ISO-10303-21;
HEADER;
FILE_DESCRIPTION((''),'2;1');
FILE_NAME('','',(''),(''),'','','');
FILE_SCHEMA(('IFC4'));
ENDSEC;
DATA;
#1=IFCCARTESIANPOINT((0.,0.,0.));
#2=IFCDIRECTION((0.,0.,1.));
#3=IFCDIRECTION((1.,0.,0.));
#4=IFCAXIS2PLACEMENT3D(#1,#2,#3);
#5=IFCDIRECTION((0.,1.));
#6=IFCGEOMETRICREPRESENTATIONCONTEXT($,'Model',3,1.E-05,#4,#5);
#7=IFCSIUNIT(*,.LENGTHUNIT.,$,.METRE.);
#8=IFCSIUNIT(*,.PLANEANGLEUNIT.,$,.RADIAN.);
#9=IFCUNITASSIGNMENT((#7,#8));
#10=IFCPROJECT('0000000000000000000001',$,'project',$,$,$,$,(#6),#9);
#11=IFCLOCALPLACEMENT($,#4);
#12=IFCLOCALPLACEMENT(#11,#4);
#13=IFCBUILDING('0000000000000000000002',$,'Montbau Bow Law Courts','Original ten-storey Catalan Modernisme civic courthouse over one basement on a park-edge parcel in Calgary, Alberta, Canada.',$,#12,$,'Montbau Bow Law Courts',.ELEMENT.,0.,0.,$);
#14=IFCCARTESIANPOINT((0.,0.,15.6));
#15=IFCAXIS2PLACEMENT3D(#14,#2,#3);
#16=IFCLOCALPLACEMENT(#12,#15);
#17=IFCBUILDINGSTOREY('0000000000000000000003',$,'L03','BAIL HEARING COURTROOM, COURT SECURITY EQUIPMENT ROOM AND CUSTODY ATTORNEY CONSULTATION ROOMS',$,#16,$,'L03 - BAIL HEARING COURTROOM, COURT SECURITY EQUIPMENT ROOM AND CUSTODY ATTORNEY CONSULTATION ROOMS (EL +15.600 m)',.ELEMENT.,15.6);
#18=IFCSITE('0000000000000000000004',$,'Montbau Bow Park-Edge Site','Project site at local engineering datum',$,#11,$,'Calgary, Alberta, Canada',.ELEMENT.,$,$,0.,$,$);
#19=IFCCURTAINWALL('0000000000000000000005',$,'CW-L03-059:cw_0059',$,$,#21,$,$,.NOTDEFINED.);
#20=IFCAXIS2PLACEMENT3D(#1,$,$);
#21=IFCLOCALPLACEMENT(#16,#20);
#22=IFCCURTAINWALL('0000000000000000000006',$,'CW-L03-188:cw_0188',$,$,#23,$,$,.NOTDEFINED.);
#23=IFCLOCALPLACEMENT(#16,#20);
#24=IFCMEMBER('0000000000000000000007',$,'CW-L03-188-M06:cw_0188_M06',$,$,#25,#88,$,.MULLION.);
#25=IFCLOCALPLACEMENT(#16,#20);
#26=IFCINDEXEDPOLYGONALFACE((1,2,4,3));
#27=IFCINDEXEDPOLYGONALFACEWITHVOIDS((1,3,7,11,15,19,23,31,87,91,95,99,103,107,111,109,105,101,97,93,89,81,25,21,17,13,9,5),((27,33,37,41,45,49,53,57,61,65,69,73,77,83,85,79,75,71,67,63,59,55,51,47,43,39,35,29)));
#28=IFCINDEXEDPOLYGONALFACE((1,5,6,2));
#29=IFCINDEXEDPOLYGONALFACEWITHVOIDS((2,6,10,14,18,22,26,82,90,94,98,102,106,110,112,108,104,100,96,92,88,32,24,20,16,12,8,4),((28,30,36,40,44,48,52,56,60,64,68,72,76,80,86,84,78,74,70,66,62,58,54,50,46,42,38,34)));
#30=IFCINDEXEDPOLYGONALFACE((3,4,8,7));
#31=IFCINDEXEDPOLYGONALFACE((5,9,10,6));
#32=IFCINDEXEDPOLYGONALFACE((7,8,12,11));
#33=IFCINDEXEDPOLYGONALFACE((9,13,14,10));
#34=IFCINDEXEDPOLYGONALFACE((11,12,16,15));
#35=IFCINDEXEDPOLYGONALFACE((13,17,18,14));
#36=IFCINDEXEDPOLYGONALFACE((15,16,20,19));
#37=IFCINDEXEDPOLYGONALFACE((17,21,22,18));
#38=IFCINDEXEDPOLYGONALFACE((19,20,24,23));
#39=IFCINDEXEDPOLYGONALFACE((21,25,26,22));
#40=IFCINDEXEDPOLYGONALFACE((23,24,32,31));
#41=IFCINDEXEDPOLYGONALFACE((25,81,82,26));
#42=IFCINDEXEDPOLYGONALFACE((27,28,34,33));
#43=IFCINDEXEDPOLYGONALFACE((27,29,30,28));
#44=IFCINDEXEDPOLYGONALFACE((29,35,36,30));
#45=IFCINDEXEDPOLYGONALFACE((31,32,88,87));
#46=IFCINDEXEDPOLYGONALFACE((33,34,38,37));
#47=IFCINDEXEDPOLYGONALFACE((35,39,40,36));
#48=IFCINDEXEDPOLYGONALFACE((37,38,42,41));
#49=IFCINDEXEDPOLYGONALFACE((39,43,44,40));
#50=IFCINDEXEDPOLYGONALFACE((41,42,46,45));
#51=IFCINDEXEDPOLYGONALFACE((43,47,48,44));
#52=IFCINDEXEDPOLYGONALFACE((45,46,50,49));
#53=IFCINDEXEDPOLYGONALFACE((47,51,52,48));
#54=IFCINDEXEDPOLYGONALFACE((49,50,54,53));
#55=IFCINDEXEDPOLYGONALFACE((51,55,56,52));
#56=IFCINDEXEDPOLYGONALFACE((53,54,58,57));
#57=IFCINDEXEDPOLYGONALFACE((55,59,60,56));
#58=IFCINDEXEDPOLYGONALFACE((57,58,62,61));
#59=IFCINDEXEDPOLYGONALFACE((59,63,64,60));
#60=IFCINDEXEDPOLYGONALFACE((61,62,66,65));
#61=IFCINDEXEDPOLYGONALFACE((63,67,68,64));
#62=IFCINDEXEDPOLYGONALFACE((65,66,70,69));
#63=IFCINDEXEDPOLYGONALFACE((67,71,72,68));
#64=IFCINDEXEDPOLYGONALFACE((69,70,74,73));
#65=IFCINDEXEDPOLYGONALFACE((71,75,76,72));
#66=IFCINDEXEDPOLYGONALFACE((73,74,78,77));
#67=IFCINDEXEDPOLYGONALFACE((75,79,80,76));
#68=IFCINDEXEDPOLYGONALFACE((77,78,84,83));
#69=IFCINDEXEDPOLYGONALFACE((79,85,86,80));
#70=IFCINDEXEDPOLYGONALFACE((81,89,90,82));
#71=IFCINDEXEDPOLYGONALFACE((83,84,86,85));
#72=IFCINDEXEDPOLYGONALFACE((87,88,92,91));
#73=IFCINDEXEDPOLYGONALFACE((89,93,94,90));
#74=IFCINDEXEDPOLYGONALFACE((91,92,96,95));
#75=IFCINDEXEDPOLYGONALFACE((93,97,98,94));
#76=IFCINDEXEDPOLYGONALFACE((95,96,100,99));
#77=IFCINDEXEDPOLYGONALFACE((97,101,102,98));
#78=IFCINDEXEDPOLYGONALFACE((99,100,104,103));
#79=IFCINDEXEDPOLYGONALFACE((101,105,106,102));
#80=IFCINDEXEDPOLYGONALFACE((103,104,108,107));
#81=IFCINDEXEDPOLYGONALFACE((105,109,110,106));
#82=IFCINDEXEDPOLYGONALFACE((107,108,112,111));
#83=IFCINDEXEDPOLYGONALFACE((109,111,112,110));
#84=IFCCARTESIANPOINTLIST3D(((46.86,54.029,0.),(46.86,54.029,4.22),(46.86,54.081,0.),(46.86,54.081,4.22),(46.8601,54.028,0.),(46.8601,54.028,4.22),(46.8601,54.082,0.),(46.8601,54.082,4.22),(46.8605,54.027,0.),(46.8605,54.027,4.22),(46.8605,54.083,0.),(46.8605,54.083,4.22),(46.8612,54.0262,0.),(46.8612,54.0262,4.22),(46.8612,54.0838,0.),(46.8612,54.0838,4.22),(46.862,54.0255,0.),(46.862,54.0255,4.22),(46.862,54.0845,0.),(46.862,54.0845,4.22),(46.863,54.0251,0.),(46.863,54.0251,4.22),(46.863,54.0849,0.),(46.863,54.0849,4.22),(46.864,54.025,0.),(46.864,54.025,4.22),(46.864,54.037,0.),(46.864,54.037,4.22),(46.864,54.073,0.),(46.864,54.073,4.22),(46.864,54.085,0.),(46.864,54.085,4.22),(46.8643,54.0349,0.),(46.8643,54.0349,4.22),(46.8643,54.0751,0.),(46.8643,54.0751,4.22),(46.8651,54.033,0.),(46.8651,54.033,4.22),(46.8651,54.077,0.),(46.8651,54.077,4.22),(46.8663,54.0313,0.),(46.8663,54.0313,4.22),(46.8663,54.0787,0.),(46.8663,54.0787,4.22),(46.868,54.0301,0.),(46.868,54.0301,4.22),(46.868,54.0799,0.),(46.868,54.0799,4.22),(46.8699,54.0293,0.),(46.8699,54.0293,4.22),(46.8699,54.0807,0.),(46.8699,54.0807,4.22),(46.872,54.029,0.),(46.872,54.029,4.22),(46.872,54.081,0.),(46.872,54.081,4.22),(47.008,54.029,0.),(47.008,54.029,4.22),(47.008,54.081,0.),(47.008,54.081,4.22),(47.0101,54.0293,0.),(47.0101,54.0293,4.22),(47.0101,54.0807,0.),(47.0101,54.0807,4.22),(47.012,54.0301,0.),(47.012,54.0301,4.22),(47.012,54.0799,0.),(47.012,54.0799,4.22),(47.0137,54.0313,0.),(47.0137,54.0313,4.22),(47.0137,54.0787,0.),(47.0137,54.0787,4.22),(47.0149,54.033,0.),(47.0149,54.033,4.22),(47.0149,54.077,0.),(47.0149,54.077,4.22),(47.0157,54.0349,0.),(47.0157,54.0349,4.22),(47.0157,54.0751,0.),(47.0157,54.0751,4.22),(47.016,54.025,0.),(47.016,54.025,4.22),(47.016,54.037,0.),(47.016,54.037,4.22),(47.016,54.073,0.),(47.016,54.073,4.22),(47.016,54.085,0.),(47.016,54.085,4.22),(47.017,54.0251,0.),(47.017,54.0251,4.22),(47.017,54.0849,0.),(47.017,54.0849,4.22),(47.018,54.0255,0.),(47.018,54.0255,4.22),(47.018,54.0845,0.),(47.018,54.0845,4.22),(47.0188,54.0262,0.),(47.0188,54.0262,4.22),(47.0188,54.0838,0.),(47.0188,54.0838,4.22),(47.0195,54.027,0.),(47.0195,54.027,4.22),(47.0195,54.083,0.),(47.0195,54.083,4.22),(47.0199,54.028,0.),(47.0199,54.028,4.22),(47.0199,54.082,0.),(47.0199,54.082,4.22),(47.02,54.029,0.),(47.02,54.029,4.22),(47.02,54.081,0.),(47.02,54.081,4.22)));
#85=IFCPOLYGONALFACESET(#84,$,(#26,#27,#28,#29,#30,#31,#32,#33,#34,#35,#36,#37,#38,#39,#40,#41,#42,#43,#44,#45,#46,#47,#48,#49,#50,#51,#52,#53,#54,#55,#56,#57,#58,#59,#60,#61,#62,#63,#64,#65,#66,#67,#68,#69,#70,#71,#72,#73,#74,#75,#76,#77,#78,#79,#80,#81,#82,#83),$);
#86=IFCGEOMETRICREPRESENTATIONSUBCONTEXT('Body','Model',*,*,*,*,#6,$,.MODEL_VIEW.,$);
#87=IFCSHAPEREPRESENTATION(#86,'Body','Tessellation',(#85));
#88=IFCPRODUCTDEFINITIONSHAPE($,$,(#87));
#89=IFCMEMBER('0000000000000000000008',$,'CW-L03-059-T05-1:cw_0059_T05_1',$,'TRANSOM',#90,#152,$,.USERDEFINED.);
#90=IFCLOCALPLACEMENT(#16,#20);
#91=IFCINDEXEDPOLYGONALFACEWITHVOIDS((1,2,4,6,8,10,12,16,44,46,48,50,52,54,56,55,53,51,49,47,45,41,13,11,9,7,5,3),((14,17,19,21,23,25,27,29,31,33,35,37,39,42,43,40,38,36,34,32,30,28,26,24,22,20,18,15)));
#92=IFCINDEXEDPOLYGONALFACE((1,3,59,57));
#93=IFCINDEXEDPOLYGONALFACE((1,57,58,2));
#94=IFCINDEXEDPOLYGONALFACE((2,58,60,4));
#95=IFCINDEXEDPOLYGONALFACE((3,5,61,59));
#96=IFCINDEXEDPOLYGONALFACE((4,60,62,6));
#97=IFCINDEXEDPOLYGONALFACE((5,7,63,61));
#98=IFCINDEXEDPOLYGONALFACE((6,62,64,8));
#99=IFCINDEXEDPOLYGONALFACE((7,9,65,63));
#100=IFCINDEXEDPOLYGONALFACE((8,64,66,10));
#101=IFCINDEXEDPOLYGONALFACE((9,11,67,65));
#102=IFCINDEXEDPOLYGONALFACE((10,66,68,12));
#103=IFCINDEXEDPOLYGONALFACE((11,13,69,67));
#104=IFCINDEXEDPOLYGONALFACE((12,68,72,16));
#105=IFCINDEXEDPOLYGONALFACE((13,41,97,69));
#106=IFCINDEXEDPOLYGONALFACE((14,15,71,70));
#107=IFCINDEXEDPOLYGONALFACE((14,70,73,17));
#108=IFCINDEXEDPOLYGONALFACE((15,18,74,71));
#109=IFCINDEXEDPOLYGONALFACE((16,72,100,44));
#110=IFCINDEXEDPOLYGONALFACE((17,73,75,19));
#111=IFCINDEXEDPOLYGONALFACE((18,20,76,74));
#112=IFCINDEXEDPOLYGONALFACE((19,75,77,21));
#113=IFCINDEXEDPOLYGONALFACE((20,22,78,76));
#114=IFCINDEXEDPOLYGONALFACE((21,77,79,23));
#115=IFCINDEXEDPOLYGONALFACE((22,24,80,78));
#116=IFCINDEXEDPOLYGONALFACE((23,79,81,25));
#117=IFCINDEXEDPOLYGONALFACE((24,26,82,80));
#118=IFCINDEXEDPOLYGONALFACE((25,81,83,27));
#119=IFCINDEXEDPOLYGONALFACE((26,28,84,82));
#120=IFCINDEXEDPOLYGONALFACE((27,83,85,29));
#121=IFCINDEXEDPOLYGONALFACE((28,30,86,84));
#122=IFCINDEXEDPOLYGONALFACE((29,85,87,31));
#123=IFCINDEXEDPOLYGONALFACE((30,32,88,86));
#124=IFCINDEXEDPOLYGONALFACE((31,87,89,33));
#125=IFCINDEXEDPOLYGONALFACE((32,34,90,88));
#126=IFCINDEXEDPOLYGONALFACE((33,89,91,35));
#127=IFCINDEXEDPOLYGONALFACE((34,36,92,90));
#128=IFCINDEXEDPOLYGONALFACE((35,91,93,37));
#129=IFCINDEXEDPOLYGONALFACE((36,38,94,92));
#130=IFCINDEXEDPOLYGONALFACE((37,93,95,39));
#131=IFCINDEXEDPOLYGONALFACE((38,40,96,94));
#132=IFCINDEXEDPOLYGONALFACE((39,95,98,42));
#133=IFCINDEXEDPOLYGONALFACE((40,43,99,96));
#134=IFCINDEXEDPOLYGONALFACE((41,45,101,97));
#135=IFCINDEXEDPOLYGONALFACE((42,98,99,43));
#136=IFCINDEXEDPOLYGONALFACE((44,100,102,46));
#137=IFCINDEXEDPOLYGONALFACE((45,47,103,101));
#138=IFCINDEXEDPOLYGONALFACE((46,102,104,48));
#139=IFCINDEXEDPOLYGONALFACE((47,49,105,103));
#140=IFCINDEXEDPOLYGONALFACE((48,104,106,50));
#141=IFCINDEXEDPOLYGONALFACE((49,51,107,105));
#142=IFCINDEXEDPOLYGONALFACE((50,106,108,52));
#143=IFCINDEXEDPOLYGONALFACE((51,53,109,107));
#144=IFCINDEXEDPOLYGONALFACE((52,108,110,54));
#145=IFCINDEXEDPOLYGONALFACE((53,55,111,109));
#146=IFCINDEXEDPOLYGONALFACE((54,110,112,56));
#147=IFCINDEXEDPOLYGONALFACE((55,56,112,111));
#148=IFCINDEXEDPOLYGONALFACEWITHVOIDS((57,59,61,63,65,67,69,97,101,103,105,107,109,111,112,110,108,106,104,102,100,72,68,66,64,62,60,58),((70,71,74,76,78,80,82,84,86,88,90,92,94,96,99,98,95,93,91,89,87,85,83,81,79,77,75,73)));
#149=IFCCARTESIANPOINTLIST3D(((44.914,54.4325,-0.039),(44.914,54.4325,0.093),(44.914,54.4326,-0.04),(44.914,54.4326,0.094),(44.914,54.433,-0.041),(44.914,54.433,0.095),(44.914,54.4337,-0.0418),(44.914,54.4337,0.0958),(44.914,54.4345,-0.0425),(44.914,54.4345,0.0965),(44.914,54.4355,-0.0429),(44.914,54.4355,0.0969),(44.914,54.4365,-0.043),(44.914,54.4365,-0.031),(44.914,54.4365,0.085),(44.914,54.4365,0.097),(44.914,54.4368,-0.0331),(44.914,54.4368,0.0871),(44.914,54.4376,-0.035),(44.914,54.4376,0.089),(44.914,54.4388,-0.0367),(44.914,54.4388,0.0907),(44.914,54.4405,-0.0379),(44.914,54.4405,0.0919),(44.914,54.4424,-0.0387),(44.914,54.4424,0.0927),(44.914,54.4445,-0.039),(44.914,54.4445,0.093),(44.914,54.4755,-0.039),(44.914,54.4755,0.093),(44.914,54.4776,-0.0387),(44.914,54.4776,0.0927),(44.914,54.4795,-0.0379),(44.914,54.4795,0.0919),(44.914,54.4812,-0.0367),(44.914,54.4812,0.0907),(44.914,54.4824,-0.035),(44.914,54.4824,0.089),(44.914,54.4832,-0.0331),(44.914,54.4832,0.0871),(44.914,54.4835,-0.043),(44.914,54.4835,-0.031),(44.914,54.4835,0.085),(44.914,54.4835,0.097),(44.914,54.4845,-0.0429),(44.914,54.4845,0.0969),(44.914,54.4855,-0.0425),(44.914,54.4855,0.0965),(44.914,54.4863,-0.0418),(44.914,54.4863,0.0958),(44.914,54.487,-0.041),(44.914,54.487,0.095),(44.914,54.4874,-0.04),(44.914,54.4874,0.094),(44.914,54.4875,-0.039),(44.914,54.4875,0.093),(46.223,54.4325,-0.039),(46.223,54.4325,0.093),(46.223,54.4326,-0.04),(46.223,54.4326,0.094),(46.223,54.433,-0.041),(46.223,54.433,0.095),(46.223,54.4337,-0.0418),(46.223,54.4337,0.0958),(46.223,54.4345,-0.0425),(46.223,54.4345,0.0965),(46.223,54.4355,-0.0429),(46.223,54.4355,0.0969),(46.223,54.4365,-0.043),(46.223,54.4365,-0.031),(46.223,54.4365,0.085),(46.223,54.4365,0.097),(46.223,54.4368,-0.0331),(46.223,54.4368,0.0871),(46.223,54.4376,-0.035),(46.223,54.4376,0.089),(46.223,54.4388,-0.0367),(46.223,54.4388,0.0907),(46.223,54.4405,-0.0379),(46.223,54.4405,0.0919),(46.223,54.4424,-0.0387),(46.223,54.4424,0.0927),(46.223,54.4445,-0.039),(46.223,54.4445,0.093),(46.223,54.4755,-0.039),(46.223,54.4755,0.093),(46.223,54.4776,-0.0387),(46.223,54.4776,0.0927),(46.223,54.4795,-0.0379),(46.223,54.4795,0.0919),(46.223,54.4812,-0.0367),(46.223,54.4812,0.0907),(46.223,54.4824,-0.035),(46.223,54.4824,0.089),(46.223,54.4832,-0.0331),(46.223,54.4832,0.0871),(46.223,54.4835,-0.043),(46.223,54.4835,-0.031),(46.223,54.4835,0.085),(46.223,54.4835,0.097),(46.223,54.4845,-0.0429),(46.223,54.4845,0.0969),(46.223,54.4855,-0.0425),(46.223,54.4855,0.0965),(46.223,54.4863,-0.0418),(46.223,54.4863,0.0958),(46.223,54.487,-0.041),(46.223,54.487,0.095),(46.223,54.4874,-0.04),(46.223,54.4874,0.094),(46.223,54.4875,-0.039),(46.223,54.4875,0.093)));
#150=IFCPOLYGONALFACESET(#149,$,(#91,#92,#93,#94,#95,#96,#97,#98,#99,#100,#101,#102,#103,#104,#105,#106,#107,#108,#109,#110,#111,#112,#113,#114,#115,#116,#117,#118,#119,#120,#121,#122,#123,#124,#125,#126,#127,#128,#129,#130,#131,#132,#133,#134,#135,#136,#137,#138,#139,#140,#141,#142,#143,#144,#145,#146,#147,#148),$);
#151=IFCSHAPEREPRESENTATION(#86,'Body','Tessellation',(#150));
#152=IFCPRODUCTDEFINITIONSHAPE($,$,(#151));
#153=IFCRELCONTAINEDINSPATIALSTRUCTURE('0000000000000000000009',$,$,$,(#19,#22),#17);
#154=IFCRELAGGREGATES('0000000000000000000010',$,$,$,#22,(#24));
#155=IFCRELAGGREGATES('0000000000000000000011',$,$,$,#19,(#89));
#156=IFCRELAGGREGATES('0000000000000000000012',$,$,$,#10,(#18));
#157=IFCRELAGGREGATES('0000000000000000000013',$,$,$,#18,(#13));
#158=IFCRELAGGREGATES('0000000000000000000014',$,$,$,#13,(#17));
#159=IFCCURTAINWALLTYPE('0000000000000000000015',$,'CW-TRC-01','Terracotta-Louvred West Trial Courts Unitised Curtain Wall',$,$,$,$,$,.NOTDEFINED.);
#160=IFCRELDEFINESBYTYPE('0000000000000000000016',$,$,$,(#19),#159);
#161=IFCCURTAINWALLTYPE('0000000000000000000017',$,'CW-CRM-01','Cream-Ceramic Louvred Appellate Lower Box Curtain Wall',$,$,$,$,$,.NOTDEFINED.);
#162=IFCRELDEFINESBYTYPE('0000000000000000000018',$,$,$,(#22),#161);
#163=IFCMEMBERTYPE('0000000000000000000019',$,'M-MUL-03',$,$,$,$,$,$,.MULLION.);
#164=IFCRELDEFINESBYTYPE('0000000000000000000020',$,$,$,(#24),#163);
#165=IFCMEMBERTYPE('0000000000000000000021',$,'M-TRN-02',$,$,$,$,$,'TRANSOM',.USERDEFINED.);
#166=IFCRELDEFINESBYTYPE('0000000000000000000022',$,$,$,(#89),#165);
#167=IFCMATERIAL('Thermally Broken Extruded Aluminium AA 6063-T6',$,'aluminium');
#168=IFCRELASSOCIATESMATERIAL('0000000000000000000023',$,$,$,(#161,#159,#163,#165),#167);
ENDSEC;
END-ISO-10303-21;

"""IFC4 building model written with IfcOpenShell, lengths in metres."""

from ifc_helpers import new_model, si_unit, direction, frame, origin_with_axes, origin_2d_with_axis, place, context, subcontext, project, spatial, hollow_rectangle, extrude, material, material_profile, profile_set, type_object, element, aggregate, save


model = new_model("IFC4")

# Units and contexts
model_context = context("Model", 3, precision=1e-05, world=origin_with_axes(), true_north=direction((0.0, 1.0)))
body_context = subcontext(model_context, "Body", "Model", "MODEL_VIEW")
ifc_project = project(units=[si_unit("LENGTHUNIT", "METRE"), si_unit("PLANEANGLEUNIT", "RADIAN")], contexts=[model_context])

# Site, building, storey
site_placement = place(None, origin_with_axes())
site = spatial("IfcSite", under=ifc_project, at=site_placement, Name="Montbau Bow Park-Edge Site", Description="Project site at local engineering datum", LongName="Calgary, Alberta, Canada", CompositionType="ELEMENT", RefElevation=0.0)
building_placement = place(site_placement, origin_with_axes())
building = spatial("IfcBuilding", under=site, at=building_placement, Name="Montbau Bow Law Courts", Description="Original ten-storey Catalan Modernisme civic courthouse over one basement on a park-edge parcel in Calgary, Alberta, Canada.", LongName="Montbau Bow Law Courts", CompositionType="ELEMENT", ElevationOfRefHeight=0.0, ElevationOfTerrain=0.0)
storey_placement = place(building_placement, frame((0.0, 0.0, 15.6), z_axis=(0.0, 0.0, 1.0), x_axis=(1.0, 0.0, 0.0)))
storey = spatial("IfcBuildingStorey", under=building, at=storey_placement, Name="L03", Description="BAIL HEARING COURTROOM, COURT SECURITY EQUIPMENT ROOM AND CUSTODY ATTORNEY CONSULTATION ROOMS", LongName="L03 - BAIL HEARING COURTROOM, COURT SECURITY EQUIPMENT ROOM AND CUSTODY ATTORNEY CONSULTATION ROOMS (EL +15.600 m)", CompositionType="ELEMENT", Elevation=15.6)

# Shared definitions
ifc_material_1 = material(Name="Thermally Broken Extruded Aluminium AA 6063-T6", Category="aluminium")
curtain_wall_type_1 = type_object("IfcCurtainWallType", Name="CW-CRM-01", Description="Cream-Ceramic Louvred Appellate Lower Box Curtain Wall", PredefinedType="NOTDEFINED", material=ifc_material_1)

# Curtain wall
curtain_wall_type_2 = type_object("IfcCurtainWallType", Name="CW-TRC-01", Description="Terracotta-Louvred West Trial Courts Unitised Curtain Wall", PredefinedType="NOTDEFINED", material=ifc_material_1)
curtain_wall_1_placement = place(None, frame((39.268, 54.46, 15.6), z_axis=(0.0, 0.0, 1.0), x_axis=(1.0, 0.0, 0.0)))
curtain_wall_1 = element("IfcCurtainWall", 1, at=curtain_wall_1_placement, inside=storey, type_object=curtain_wall_type_2, Name="CW-L03-059:cw_0059", PredefinedType="NOTDEFINED")
ifc_material_profile_1 = material_profile(ifc_material_1, hollow_rectangle(XDim=0.06, YDim=0.16, WallThickness=0.004, InnerFilletRadius=0.008, OuterFilletRadius=0.004, at=origin_2d_with_axis()), Name="CWM-160X60", Category="Main", Priority=0)
ifc_profile_set_1 = profile_set([ifc_material_profile_1], Name="Thermally Broken Extruded Aluminium AA 6063-T6")
member_type_1 = type_object("IfcMemberType", Name="M-MUL-03", PredefinedType="MULLION", material=ifc_profile_set_1)

# Curtain wall, member
curtain_wall_2_placement = place(None, frame((46.94, 46.715, 15.6), z_axis=(0.0, 0.0, 1.0), x_axis=(1.0, 0.0, 0.0)))
curtain_wall_2 = element("IfcCurtainWall", 2, at=curtain_wall_2_placement, inside=storey, type_object=curtain_wall_type_1, Name="CW-L03-188:cw_0188", PredefinedType="NOTDEFINED")
member_1_placement = place(None, frame((46.94, 54.055, 15.6), z_axis=(0.0, 0.0, 1.0), x_axis=(0.0, 1.0, 0.0)))
member_1 = element("IfcMember", 3, at=member_1_placement, type_object=member_type_1, Name="CW-L03-188-M06:cw_0188_M06", PredefinedType="MULLION", context=body_context, shape_type="SweptSolid", body=[
    extrude(hollow_rectangle(XDim=0.06, YDim=0.16, WallThickness=0.004, InnerFilletRadius=0.008, OuterFilletRadius=0.004, at=origin_2d_with_axis()), origin_with_axes(), (0.0, 0.0, 1.0), 4.22),
])
aggregate(curtain_wall_2, [member_1])

# Member
ifc_material_profile_2 = material_profile(ifc_material_1, hollow_rectangle(XDim=0.055, YDim=0.14, WallThickness=0.004, InnerFilletRadius=0.008, OuterFilletRadius=0.004, at=origin_2d_with_axis()), Name="CWT-140X55", Category="Main", Priority=0)
ifc_profile_set_2 = profile_set([ifc_material_profile_2], Name="Thermally Broken Extruded Aluminium AA 6063-T6")
member_type_2 = type_object("IfcMemberType", Name="M-TRN-02", ElementType="TRANSOM", PredefinedType="USERDEFINED", material=ifc_profile_set_2)
member_2_placement = place(None, frame((44.914, 54.46, 15.627), z_axis=(1.0, 0.0, 0.0), x_axis=(0.0, 1.0, 0.0)))
member_2 = element("IfcMember", 4, at=member_2_placement, type_object=member_type_2, Name="CW-L03-059-T05-1:cw_0059_T05_1", ObjectType="TRANSOM", PredefinedType="USERDEFINED", context=body_context, shape_type="SweptSolid", body=[
    extrude(hollow_rectangle(XDim=0.055, YDim=0.14, WallThickness=0.004, InnerFilletRadius=0.008, OuterFilletRadius=0.004, at=origin_2d_with_axis()), origin_with_axes(), (0.0, 0.0, 1.0), 1.309),
])

aggregate(curtain_wall_1, [member_2])

save(model, "model.ifc")
